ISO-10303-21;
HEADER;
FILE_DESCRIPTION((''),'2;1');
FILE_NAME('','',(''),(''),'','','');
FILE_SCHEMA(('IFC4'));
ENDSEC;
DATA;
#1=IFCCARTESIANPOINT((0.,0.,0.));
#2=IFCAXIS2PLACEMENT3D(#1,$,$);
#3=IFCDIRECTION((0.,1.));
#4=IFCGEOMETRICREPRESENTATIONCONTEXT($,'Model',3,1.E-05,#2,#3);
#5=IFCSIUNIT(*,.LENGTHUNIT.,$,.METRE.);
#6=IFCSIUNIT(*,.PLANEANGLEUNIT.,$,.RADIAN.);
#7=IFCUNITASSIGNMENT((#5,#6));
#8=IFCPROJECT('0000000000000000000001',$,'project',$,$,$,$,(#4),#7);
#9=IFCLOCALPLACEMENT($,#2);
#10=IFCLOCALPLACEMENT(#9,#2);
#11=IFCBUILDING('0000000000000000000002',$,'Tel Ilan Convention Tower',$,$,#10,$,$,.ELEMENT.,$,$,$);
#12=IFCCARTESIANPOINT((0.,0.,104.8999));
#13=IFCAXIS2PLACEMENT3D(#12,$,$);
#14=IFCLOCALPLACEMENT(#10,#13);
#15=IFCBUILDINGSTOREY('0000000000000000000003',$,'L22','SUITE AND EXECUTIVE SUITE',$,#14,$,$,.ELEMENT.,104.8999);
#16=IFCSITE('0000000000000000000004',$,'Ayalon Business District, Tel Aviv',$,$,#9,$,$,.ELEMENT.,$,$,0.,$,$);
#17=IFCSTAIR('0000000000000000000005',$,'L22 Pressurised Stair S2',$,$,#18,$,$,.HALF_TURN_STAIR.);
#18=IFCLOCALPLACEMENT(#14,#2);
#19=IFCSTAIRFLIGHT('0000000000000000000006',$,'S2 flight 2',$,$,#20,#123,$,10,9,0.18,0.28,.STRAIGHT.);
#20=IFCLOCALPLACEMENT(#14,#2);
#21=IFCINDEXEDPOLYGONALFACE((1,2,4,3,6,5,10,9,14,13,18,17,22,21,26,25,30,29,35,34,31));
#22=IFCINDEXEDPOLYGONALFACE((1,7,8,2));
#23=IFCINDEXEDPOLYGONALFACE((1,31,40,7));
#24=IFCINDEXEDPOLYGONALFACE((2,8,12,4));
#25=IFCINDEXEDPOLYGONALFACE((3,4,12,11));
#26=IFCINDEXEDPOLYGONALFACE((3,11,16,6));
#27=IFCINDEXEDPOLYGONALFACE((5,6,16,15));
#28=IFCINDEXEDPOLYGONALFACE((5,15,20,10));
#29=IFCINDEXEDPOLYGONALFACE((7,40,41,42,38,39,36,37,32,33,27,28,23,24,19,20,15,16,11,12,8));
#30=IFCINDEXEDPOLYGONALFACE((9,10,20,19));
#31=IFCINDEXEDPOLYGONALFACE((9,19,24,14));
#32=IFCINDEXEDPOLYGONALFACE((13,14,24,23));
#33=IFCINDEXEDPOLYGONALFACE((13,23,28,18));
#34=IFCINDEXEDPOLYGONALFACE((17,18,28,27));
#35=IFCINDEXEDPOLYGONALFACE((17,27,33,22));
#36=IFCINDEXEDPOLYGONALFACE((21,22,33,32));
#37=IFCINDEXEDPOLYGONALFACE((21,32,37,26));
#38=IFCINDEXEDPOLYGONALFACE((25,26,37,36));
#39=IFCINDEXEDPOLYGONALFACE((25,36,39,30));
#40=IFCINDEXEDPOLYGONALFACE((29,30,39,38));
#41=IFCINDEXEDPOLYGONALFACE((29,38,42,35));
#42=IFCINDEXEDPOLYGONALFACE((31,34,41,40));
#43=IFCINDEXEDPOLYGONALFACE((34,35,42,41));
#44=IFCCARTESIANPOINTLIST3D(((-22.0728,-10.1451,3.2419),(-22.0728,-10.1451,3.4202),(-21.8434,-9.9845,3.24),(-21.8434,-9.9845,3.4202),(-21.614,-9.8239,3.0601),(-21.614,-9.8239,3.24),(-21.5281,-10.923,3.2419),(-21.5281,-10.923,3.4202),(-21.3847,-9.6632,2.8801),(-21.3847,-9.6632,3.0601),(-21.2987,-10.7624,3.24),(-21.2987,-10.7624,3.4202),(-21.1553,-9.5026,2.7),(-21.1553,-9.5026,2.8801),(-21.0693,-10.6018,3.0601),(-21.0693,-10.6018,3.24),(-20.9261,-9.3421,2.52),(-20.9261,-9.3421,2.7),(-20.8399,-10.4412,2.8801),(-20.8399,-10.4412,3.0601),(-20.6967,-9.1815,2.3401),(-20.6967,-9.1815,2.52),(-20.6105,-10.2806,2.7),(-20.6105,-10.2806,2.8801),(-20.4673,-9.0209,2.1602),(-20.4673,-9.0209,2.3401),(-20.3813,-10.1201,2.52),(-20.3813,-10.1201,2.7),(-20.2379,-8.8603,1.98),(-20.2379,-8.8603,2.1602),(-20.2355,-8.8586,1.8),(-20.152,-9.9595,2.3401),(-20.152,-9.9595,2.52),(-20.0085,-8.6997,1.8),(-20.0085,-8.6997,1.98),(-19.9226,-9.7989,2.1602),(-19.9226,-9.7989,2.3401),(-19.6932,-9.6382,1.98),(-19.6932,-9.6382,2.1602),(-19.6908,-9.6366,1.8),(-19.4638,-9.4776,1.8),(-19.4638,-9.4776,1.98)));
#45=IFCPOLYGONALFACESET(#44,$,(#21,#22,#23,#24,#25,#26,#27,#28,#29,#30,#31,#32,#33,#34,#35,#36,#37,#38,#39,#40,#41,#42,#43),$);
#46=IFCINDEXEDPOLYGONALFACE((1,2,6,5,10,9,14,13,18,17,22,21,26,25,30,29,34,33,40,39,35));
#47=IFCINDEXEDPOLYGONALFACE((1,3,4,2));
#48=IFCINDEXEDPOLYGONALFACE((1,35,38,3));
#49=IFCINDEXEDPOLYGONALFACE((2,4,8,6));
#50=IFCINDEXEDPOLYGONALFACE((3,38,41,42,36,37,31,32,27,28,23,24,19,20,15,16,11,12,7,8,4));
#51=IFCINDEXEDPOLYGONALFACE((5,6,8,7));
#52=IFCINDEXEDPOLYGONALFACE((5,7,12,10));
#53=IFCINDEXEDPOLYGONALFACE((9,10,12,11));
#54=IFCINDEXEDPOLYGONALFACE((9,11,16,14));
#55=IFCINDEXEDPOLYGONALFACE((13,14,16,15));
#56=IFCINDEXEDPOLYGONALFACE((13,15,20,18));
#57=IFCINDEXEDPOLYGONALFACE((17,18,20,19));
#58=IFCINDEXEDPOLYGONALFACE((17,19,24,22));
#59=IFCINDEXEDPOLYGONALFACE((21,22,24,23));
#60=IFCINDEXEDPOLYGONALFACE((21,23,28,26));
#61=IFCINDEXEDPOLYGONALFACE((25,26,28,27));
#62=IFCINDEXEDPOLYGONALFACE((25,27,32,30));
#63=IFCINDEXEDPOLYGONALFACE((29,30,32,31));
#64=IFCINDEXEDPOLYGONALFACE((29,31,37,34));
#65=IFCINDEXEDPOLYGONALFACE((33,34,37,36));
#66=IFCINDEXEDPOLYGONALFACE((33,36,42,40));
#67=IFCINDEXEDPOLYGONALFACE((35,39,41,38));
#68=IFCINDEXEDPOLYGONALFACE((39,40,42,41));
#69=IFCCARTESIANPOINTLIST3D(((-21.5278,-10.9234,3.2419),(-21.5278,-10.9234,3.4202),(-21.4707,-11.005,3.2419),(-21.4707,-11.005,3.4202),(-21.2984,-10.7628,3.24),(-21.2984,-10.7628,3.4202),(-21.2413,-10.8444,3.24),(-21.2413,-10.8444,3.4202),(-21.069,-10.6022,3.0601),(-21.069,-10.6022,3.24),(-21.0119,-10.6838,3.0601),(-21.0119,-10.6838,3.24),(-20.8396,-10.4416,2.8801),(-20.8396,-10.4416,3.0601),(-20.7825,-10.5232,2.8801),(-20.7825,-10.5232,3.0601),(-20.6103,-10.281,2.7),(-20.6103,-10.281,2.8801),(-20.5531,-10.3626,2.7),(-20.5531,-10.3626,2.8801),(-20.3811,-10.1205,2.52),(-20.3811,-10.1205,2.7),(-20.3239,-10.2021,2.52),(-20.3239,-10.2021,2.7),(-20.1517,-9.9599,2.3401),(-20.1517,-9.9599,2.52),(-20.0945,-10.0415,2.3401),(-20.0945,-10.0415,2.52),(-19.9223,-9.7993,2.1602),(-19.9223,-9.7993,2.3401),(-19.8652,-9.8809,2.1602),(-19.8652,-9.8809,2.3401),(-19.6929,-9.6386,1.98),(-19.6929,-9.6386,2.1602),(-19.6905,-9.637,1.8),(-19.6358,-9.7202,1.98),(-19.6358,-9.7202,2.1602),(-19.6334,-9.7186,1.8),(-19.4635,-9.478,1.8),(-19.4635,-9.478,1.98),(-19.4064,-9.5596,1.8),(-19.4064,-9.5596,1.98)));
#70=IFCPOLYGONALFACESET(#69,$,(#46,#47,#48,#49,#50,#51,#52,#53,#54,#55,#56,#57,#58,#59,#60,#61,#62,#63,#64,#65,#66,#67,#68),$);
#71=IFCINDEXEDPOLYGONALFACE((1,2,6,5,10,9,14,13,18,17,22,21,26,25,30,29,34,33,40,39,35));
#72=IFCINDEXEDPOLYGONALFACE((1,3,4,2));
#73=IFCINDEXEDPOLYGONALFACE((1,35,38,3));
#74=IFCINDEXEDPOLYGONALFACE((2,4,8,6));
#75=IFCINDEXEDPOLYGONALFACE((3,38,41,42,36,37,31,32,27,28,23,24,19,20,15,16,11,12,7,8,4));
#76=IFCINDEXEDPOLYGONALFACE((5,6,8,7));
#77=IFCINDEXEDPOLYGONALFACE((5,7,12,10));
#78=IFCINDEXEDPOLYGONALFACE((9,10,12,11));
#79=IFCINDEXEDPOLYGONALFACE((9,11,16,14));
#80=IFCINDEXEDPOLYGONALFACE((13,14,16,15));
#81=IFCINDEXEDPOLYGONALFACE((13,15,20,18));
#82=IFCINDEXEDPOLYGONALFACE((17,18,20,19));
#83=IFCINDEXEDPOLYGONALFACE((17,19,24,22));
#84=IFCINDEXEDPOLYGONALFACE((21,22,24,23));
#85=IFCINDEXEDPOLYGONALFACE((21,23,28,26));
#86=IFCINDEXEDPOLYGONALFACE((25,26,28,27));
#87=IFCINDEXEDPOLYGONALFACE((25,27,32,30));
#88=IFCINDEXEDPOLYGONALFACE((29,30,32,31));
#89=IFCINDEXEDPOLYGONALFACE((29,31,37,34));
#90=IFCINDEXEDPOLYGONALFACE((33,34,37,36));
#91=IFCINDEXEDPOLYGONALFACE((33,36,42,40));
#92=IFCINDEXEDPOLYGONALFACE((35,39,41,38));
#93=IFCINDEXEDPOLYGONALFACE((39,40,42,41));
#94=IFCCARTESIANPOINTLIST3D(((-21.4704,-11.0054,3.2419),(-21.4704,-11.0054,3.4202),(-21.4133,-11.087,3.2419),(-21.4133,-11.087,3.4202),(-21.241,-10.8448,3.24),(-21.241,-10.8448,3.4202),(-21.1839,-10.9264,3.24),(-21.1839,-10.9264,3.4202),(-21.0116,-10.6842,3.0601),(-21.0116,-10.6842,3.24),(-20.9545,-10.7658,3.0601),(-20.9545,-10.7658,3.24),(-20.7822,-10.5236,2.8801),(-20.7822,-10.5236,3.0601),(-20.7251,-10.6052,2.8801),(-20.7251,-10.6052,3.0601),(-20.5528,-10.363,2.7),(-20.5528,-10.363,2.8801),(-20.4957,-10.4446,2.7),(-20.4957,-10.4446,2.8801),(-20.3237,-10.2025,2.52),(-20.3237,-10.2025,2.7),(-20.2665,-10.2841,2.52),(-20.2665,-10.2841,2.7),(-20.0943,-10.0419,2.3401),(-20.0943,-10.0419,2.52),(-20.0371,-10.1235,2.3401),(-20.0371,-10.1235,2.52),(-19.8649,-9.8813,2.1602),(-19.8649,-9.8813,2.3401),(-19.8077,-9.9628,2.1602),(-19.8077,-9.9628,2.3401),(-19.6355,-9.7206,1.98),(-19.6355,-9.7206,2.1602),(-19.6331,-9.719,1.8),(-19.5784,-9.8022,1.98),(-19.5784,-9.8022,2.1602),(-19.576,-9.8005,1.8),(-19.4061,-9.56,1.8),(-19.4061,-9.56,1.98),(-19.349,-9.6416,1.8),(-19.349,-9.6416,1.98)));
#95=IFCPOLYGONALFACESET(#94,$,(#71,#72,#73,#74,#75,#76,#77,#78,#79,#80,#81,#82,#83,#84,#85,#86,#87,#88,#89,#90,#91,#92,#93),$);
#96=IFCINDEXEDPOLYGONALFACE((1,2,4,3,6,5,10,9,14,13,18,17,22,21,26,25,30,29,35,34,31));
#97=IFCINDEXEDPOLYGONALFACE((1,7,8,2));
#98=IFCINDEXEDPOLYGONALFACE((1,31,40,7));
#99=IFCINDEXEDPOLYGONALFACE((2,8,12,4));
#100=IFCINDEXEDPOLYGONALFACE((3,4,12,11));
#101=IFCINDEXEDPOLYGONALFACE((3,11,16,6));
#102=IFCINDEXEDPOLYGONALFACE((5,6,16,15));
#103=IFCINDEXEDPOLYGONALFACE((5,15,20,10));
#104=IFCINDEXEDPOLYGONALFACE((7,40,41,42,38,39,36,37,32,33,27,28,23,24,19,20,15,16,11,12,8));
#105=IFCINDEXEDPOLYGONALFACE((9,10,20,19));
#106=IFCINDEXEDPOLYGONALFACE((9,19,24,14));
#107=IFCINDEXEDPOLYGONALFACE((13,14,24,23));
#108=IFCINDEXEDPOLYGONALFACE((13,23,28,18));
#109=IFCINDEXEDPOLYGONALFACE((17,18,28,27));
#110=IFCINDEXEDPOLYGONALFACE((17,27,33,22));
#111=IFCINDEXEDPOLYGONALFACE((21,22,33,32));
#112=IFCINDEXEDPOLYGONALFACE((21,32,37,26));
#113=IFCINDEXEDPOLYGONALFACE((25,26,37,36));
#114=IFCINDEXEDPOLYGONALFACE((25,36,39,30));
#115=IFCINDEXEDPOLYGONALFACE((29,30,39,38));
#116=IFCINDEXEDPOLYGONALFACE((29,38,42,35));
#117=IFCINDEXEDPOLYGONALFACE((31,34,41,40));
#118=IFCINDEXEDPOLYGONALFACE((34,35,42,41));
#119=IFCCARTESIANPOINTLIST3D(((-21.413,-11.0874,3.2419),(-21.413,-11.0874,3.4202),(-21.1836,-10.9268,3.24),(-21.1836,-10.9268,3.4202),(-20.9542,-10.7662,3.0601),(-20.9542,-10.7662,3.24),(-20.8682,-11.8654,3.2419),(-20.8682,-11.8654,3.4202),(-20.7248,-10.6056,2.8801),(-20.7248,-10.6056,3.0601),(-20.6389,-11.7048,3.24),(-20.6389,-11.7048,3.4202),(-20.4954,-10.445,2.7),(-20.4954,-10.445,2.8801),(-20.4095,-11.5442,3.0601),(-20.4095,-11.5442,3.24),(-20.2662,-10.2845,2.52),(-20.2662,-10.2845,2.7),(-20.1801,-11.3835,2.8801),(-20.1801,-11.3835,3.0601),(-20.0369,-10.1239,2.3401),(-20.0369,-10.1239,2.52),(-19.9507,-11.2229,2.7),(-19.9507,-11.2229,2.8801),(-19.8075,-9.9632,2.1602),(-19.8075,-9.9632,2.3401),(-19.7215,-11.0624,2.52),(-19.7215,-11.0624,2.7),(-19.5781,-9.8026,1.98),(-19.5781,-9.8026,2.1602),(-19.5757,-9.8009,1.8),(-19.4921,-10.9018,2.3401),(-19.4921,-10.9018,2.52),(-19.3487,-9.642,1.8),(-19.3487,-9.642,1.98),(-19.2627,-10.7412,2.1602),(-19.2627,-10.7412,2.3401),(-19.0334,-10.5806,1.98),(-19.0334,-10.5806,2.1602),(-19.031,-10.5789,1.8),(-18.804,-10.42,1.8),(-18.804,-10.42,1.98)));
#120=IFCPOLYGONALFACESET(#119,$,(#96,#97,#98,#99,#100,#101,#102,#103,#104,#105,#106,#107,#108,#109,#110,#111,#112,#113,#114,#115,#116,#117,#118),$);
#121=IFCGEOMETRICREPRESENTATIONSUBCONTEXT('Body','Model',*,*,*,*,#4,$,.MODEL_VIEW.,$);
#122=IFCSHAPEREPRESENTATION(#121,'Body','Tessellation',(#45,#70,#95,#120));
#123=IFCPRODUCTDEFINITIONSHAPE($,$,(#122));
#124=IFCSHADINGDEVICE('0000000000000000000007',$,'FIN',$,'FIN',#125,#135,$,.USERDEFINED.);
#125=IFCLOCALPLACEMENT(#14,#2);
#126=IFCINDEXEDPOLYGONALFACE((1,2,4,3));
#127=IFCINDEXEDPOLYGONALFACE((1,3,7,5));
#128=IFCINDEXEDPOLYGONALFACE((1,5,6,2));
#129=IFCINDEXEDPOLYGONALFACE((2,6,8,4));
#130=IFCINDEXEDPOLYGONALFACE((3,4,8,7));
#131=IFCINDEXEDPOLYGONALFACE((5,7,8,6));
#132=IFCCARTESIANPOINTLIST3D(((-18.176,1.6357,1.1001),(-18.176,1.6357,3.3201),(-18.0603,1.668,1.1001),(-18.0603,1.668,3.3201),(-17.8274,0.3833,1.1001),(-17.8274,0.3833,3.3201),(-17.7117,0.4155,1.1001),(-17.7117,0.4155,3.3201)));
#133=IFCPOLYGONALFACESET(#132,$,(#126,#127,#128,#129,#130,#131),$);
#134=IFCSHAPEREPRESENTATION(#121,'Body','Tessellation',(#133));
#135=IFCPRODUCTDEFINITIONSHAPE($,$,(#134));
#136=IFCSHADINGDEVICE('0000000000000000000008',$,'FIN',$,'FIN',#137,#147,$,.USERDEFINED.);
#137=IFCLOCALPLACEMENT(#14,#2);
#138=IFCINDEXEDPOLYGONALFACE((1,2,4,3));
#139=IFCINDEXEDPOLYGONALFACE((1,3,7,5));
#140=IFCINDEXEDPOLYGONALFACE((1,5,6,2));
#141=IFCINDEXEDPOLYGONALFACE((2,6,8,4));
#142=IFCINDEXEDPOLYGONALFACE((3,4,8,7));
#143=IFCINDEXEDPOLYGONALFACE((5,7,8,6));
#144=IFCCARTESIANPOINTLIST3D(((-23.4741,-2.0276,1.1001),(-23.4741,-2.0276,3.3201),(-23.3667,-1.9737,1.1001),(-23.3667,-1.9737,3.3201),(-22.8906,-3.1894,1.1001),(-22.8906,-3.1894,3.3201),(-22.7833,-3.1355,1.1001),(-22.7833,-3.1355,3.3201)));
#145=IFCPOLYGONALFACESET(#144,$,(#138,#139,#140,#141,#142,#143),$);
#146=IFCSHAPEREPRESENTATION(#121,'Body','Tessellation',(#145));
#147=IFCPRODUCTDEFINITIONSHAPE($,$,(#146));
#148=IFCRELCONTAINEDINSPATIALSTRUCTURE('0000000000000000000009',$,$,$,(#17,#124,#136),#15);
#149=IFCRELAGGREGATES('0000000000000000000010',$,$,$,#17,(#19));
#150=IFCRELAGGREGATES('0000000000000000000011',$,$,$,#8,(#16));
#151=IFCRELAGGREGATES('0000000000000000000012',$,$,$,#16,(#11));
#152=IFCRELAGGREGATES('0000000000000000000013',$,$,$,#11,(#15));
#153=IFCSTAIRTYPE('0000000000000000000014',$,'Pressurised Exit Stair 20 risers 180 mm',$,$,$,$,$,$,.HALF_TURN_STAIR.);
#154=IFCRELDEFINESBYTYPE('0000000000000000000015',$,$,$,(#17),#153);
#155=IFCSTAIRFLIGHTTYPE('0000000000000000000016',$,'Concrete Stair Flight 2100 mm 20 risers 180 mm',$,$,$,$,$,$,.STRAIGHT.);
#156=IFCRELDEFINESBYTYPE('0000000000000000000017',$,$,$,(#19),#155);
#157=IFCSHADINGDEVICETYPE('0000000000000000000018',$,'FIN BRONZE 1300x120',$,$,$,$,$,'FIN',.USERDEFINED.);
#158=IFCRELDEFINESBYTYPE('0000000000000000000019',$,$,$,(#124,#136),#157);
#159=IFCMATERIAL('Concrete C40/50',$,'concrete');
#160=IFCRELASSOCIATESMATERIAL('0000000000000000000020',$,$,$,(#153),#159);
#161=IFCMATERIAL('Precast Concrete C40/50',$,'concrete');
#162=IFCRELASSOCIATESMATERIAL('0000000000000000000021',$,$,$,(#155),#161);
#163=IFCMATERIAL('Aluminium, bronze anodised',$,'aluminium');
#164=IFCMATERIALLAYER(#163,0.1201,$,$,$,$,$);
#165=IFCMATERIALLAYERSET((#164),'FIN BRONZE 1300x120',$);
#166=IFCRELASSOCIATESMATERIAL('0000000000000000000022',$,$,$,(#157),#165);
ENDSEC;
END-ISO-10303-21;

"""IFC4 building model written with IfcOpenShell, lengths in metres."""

from ifc_helpers import new_model, si_unit, direction, frame, origin, origin_2d, place, context, subcontext, project, spatial, polyline, rectangle, outline, extrude, material, layer, layer_set, type_object, element, aggregate, save


model = new_model("IFC4")

# Units and contexts
model_context = context("Model", 3, precision=1e-05, world=origin(), true_north=direction((0.0, 1.0)))
body_context = subcontext(model_context, "Body", "Model", "MODEL_VIEW")
ifc_project = project(units=[si_unit("LENGTHUNIT", "METRE"), si_unit("PLANEANGLEUNIT", "RADIAN")], contexts=[model_context])

# Site, building, storey
site_placement = place(None, origin())
site = spatial("IfcSite", under=ifc_project, at=site_placement, Name="Ayalon Business District, Tel Aviv", CompositionType="ELEMENT", RefElevation=0.0)
building_placement = place(site_placement, origin())
building = spatial("IfcBuilding", under=site, at=building_placement, Name="Tel Ilan Convention Tower", CompositionType="ELEMENT")
storey_placement = place(building_placement, frame((0.0, 0.0, 104.8999)))
storey = spatial("IfcBuildingStorey", under=building, at=storey_placement, Name="L22", Description="SUITE AND EXECUTIVE SUITE", CompositionType="ELEMENT", Elevation=104.8999)

# Stair, stair flight
ifc_material_1 = material(Name="Concrete C40/50", Category="concrete")
stair_type = type_object("IfcStairType", Name="Pressurised Exit Stair 20 risers 180 mm", PredefinedType="HALF_TURN_STAIR", material=ifc_material_1)
ifc_material_2 = material(Name="Precast Concrete C40/50", Category="concrete")
stair_flight_type = type_object("IfcStairFlightType", Name="Concrete Stair Flight 2100 mm 20 risers 180 mm", PredefinedType="STRAIGHT", material=ifc_material_2)
stair_1_placement = place(storey_placement, origin())
stair_1 = element("IfcStair", 1, at=stair_1_placement, inside=storey, type_object=stair_type, Name="L22 Pressurised Stair S2", PredefinedType="HALF_TURN_STAIR")
stair_flight_1_placement = place(storey_placement, frame((-19.4062, -9.5598, 1.8), z_axis=(0.0, 0.0, 1.0), x_axis=(-0.819152, -0.573576, 0.0)))
stair_flight_1 = element("IfcStairFlight", 2, at=stair_flight_1_placement, type_object=stair_flight_type, Name="S2 flight 2", NumberOfRisers=10, NumberOfTreads=9, PredefinedType="STRAIGHT", RiserHeight=0.18, TreadLength=0.28, context=body_context, shape_type="SweptSolid", body=[
    extrude(outline(polyline([(0.0, 0.0), (0.0, 0.1799), (0.28, 0.1799), (0.28, 0.3601), (0.5601, 0.3601), (0.5601, 0.54), (0.8401, 0.54), (0.8401, 0.72), (1.1201, 0.72), (1.1201, 0.8999), (1.3999, 0.8999), (1.3999, 1.0801), (1.6799, 1.0801), (1.6799, 1.26), (1.96, 1.26), (1.96, 1.4399), (2.24, 1.4399), (2.24, 1.6201), (2.52, 1.6201), (2.52, 1.8), (2.52, 1.4419), (0.2771, 0.0), (0.0, 0.0)])), frame((0.0, -0.1003, 0.0), z_axis=(0.0, -1.0, 0.0), x_axis=(1.0, 0.0, 0.0)), (0.0, 0.0, 1.0), 0.9497),
    extrude(outline(polyline([(0.0, 0.0), (0.0, 0.1799), (0.28, 0.1799), (0.28, 0.3601), (0.5601, 0.3601), (0.5601, 0.54), (0.8401, 0.54), (0.8401, 0.72), (1.1201, 0.72), (1.1201, 0.8999), (1.3999, 0.8999), (1.3999, 1.0801), (1.6799, 1.0801), (1.6799, 1.26), (1.96, 1.26), (1.96, 1.4399), (2.24, 1.4399), (2.24, 1.6201), (2.52, 1.6201), (2.52, 1.8), (2.52, 1.4419), (0.2771, 0.0), (0.0, 0.0)])), frame((0.0, -0.0002, 0.0), z_axis=(0.0, -1.0, 0.0), x_axis=(1.0, 0.0, 0.0)), (0.0, 0.0, 1.0), 0.0996),
    extrude(outline(polyline([(0.0, 0.0), (0.0, 0.1799), (0.28, 0.1799), (0.28, 0.3601), (0.5601, 0.3601), (0.5601, 0.54), (0.8401, 0.54), (0.8401, 0.72), (1.1201, 0.72), (1.1201, 0.8999), (1.3999, 0.8999), (1.3999, 1.0801), (1.6799, 1.0801), (1.6799, 1.26), (1.96, 1.26), (1.96, 1.4399), (2.24, 1.4399), (2.24, 1.6201), (2.52, 1.6201), (2.52, 1.8), (2.52, 1.4419), (0.2771, 0.0), (0.0, 0.0)])), frame((0.0, 0.0999, 0.0), z_axis=(0.0, -1.0, 0.0), x_axis=(1.0, 0.0, 0.0)), (0.0, 0.0, 1.0), 0.0996),
    extrude(outline(polyline([(0.0, 0.0), (0.0, 0.1799), (0.28, 0.1799), (0.28, 0.3601), (0.5601, 0.3601), (0.5601, 0.54), (0.8401, 0.54), (0.8401, 0.72), (1.1201, 0.72), (1.1201, 0.8999), (1.3999, 0.8999), (1.3999, 1.0801), (1.6799, 1.0801), (1.6799, 1.26), (1.96, 1.26), (1.96, 1.4399), (2.24, 1.4399), (2.24, 1.6201), (2.52, 1.6201), (2.52, 1.8), (2.52, 1.4419), (0.2771, 0.0), (0.0, 0.0)])), frame((0.0, 1.05, 0.0), z_axis=(0.0, -1.0, 0.0), x_axis=(1.0, 0.0, 0.0)), (0.0, 0.0, 1.0), 0.9497),
])
aggregate(stair_1, [stair_flight_1])

# Shading devices
ifc_material_3 = material(Name="Aluminium, bronze anodised", Category="aluminium")
ifc_layer_1 = layer(ifc_material_3, 0.1201)
ifc_layer_set_1 = layer_set([ifc_layer_1], Name="FIN BRONZE 1300x120")
shading_device_type = type_object("IfcShadingDeviceType", Name="FIN BRONZE 1300x120", ElementType="FIN", PredefinedType="USERDEFINED", material=ifc_layer_set_1)
for number, where, z_axis, x_axis, name in (
    (3, (-17.9438, 1.0256, 1.1001), (0.0, 0.0, 1.0), (-0.268173, 0.963371, 0.0), "FIN"),
    (4, (-23.1287, -2.5815, 1.1001), (0.0, 0.0, 1.0), (-0.448799, 0.893633, 0.0), "FIN"),
):
    element("IfcShadingDevice", number, at=place(storey_placement, frame(where, z_axis=z_axis, x_axis=x_axis)), inside=storey, type_object=shading_device_type, Name=name, ObjectType="FIN", PredefinedType="USERDEFINED", context=body_context, shape_type="SweptSolid", body=[
        extrude(rectangle(XDim=1.3, YDim=0.1201, at=origin_2d()), origin(), (0.0, 0.0, 1.0), 2.22),
    ])

save(model, "model.ifc")
